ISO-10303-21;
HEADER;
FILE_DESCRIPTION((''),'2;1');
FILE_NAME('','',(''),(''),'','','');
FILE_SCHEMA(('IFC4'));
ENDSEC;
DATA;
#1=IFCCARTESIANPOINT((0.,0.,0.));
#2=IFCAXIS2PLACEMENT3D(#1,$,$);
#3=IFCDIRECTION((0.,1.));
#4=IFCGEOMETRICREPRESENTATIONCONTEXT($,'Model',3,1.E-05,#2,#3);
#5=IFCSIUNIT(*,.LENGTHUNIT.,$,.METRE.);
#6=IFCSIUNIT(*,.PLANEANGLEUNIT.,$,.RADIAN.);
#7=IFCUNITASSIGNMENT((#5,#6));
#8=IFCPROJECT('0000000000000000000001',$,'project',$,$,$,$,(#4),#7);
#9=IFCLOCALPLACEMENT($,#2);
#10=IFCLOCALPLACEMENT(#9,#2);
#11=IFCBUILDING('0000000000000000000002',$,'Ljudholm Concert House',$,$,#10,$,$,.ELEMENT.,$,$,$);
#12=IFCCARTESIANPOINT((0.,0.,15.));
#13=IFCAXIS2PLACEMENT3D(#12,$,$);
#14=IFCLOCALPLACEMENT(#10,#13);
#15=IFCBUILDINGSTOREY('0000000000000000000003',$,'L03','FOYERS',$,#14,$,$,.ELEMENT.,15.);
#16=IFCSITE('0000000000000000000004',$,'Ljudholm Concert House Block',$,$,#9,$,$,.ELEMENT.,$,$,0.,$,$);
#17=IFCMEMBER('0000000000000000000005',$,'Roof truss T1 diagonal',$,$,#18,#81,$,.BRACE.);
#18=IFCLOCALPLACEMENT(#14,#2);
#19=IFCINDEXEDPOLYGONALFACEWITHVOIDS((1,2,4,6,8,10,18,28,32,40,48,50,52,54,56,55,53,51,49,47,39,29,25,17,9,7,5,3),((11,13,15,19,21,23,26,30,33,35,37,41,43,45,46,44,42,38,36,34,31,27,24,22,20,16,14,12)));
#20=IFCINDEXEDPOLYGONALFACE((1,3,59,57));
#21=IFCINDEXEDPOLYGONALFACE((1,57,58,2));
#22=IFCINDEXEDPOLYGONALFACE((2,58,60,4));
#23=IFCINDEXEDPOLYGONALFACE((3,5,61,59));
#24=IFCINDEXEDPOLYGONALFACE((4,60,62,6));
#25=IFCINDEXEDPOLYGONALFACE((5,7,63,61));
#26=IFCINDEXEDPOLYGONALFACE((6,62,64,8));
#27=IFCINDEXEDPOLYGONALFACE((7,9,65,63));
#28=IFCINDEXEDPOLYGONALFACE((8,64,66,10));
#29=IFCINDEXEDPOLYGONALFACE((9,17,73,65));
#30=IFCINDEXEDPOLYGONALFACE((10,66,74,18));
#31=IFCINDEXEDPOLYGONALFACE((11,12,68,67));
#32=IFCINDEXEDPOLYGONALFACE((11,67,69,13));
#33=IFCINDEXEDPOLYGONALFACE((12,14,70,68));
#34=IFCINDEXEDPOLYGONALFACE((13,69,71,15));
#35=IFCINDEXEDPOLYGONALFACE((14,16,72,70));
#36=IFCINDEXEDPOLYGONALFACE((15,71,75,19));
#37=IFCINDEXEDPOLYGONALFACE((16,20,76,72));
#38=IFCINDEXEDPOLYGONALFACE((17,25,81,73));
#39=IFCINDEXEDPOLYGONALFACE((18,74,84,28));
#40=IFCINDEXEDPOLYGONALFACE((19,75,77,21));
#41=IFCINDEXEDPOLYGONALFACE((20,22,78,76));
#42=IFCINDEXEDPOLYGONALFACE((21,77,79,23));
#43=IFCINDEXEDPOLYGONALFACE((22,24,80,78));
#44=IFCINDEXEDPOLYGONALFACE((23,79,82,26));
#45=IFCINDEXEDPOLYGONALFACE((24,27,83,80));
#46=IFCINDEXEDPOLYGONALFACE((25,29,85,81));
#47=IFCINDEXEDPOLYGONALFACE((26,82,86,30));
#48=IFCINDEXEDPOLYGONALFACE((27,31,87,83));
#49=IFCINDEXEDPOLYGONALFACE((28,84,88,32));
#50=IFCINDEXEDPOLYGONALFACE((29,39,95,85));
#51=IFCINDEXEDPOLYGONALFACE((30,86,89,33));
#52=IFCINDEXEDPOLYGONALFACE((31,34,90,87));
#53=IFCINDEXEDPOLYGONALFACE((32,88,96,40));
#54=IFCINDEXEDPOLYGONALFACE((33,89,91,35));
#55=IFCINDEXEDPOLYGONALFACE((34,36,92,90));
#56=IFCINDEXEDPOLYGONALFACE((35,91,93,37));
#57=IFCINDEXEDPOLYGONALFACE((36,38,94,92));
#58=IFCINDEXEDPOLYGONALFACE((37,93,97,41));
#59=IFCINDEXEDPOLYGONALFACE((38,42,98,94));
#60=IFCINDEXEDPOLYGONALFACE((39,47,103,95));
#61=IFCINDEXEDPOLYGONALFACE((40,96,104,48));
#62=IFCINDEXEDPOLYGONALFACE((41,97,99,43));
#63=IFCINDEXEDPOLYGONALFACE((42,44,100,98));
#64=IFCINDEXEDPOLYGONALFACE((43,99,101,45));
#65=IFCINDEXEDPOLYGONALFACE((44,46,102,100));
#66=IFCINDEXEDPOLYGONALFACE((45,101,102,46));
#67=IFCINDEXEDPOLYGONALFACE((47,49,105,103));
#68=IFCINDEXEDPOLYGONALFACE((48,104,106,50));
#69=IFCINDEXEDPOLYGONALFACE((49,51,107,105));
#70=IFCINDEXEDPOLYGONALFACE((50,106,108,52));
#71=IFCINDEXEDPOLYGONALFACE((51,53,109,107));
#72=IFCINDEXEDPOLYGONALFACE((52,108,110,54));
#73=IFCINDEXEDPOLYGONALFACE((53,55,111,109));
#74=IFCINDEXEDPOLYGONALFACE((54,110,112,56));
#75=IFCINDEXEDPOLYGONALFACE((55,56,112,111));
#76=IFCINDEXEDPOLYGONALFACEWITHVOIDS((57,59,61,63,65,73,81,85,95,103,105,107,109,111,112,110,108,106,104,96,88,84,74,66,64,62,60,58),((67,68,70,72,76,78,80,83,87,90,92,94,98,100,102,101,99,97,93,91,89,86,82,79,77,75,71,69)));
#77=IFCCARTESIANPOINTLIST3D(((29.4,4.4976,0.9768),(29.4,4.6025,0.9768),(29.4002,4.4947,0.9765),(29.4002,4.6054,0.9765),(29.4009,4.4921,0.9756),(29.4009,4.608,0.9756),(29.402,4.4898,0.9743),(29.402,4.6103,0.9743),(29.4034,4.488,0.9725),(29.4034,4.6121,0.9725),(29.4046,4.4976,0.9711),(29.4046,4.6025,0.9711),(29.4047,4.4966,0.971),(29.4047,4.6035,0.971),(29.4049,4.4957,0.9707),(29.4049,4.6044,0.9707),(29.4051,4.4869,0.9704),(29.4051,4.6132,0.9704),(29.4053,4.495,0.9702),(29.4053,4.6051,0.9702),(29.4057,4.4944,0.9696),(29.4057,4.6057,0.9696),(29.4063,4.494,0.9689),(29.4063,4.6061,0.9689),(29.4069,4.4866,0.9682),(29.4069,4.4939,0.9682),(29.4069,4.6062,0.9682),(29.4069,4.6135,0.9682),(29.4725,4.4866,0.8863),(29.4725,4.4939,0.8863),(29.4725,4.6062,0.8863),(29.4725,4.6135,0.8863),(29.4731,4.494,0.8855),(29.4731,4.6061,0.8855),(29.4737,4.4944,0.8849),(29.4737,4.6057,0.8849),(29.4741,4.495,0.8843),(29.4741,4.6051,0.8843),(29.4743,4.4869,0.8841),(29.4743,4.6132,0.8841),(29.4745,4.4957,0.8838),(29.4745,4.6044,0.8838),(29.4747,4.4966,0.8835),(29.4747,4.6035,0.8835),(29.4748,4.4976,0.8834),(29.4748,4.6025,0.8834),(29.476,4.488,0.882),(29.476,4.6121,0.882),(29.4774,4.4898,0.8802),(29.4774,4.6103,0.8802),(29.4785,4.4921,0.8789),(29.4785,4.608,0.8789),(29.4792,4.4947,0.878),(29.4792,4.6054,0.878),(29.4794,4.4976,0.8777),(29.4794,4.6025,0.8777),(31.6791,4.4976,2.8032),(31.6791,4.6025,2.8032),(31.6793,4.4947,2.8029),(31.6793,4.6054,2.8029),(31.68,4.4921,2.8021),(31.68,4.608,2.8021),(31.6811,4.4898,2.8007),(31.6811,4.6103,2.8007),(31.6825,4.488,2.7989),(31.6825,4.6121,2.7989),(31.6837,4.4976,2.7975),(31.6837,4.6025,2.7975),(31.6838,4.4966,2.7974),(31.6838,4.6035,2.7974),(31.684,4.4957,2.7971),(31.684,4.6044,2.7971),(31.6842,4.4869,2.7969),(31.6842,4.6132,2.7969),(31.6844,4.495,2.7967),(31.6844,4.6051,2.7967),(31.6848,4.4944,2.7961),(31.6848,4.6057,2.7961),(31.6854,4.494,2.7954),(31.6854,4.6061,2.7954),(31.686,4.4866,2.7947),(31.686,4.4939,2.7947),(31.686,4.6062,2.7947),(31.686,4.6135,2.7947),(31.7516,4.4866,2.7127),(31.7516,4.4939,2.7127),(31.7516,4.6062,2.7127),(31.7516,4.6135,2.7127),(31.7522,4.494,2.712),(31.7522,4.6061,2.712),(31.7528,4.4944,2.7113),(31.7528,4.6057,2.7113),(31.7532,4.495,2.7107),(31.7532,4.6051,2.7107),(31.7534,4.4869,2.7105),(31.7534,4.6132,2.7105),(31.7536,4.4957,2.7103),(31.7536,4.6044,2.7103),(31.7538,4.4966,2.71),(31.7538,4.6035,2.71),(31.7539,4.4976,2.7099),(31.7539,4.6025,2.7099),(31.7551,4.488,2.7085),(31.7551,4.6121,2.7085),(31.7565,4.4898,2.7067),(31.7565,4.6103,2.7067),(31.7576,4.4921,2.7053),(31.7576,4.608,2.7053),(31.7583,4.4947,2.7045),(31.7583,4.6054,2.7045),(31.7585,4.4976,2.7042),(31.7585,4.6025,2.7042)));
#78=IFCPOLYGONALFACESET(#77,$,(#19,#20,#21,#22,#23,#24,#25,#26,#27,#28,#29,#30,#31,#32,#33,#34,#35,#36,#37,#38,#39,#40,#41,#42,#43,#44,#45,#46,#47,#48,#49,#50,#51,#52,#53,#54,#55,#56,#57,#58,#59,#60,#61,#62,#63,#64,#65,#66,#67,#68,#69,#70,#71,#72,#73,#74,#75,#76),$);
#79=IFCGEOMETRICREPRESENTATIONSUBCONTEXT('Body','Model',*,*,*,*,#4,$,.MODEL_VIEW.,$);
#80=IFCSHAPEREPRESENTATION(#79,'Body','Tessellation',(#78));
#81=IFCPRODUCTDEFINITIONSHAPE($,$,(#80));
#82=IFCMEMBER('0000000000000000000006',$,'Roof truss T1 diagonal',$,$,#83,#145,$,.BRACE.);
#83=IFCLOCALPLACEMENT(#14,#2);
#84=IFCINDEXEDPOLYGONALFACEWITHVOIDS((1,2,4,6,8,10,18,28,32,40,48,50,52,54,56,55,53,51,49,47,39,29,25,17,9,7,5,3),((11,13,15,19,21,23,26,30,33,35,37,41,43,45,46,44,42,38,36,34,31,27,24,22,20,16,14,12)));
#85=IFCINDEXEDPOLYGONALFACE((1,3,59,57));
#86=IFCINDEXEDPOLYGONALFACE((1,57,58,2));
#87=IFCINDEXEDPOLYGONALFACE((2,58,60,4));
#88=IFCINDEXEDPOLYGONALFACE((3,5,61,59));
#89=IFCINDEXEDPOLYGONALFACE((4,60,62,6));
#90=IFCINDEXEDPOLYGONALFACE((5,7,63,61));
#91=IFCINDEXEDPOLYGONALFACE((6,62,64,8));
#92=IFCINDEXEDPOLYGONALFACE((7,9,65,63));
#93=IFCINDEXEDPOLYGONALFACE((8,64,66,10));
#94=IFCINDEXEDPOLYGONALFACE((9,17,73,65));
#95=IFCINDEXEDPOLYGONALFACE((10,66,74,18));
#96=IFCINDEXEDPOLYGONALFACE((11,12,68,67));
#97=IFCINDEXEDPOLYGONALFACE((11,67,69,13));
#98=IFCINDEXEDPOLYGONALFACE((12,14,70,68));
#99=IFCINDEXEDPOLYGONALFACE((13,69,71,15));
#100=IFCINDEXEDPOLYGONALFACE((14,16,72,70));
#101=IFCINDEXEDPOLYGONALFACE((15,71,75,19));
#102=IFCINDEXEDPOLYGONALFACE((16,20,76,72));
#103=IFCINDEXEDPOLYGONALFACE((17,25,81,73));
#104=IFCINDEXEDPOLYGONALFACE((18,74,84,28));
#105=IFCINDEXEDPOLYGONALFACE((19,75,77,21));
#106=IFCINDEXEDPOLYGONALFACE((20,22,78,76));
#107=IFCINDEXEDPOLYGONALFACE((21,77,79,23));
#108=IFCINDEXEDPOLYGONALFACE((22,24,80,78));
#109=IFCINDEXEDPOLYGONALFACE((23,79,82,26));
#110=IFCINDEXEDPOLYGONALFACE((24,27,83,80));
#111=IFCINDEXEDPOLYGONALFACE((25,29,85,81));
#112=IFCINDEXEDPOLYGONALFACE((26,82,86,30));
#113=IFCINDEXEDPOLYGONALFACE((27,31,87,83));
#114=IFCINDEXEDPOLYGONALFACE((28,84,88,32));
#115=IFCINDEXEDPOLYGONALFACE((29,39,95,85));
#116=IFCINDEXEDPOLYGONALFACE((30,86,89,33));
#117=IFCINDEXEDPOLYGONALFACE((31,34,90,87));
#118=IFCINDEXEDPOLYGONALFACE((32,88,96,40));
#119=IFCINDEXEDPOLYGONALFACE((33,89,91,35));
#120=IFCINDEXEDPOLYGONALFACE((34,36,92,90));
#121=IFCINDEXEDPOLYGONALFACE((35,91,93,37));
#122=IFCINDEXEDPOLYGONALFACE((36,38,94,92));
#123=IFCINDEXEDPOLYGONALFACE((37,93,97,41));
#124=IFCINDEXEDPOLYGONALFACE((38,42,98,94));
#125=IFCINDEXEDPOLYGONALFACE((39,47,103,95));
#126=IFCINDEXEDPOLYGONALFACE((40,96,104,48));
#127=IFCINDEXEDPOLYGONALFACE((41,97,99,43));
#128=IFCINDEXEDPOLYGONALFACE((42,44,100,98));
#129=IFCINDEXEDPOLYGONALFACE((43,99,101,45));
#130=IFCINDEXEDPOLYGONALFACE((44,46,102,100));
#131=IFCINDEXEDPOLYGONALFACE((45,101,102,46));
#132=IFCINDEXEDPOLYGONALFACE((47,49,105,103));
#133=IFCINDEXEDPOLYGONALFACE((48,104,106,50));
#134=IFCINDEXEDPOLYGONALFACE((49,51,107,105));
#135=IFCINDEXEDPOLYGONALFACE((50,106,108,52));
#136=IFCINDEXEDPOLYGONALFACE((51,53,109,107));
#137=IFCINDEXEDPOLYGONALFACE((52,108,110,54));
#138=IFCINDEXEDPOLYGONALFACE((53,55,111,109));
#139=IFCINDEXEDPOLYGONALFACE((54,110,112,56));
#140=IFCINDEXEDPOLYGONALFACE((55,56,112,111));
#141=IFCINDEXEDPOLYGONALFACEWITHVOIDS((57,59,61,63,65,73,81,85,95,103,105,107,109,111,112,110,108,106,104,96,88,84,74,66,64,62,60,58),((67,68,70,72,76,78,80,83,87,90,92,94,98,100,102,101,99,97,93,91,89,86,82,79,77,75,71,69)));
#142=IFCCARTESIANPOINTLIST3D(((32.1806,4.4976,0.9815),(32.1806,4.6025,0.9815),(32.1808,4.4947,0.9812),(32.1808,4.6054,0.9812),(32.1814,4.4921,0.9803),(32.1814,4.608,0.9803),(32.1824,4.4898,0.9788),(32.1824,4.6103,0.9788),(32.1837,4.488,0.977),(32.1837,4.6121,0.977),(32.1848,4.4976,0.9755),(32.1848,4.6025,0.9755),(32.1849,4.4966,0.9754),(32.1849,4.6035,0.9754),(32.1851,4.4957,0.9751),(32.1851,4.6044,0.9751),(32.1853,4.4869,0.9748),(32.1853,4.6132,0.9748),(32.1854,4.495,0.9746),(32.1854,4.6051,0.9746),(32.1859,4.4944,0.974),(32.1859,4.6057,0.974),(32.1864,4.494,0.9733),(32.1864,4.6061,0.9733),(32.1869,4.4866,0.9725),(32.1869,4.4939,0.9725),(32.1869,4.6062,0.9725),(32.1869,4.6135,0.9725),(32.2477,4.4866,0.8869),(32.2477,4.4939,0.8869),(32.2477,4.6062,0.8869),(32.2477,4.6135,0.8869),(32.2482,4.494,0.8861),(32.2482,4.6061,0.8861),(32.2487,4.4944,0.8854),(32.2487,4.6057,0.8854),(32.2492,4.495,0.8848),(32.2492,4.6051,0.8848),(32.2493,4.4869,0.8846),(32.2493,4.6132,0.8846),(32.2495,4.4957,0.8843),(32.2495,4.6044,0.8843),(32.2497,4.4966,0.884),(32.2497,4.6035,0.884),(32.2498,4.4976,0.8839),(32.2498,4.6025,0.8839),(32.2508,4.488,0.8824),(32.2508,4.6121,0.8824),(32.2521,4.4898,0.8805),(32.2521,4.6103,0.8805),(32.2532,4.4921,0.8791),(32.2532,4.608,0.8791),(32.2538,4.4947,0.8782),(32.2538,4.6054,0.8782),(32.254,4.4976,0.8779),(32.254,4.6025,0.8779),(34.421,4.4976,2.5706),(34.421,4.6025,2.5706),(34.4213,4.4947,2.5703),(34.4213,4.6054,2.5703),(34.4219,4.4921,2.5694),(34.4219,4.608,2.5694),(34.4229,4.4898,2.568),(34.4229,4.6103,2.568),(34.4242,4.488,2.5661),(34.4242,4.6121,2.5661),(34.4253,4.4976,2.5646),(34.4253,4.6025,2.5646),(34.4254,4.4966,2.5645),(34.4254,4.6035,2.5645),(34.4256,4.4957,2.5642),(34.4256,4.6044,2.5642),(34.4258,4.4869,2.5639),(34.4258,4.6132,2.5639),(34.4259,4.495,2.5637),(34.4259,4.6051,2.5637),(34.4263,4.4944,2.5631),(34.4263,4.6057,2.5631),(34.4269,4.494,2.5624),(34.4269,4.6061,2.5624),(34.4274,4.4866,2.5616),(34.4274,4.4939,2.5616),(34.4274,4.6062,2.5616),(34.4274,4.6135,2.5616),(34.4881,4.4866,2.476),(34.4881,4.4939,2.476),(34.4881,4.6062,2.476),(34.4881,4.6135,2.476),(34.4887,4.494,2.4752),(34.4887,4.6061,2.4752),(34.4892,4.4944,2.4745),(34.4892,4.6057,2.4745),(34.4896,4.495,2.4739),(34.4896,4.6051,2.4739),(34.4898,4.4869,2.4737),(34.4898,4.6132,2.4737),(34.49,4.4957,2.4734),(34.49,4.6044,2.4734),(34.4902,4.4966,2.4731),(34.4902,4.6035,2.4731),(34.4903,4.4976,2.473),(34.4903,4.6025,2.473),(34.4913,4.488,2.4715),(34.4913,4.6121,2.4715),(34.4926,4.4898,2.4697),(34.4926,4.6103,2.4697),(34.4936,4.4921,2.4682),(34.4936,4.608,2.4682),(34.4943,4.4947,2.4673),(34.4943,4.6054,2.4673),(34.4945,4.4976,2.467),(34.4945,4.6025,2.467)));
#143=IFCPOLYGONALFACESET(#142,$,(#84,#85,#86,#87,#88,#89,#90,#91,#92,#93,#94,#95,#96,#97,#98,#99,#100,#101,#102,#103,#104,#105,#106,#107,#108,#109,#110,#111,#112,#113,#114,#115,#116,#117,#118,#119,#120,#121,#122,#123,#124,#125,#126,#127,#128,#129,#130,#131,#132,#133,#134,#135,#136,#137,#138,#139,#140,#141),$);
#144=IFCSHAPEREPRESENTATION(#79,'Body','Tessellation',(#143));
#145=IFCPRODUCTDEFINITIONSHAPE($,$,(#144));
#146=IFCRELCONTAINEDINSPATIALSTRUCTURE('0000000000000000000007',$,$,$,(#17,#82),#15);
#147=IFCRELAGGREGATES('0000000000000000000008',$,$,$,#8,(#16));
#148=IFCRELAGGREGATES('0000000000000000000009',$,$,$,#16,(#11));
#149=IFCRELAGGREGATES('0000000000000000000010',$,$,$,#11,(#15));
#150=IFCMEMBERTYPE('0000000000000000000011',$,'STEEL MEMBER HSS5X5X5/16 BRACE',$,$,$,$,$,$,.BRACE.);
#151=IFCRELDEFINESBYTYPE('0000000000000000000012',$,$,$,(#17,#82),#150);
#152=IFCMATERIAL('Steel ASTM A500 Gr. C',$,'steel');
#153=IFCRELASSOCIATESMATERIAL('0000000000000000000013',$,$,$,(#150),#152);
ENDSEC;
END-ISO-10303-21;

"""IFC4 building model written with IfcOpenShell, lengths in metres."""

from ifc_helpers import new_model, si_unit, direction, frame, origin, origin_2d, place, context, subcontext, project, spatial, hollow_rectangle, extrude, material, material_profile, profile_set, type_object, element, save


model = new_model("IFC4")

# Units and contexts
model_context = context("Model", 3, precision=1e-05, world=origin(), true_north=direction((0.0, 1.0)))
body_context = subcontext(model_context, "Body", "Model", "MODEL_VIEW")
ifc_project = project(units=[si_unit("LENGTHUNIT", "METRE"), si_unit("PLANEANGLEUNIT", "RADIAN")], contexts=[model_context])

# Site, building, storey
site_placement = place(None, origin())
site = spatial("IfcSite", under=ifc_project, at=site_placement, Name="Ljudholm Concert House Block", CompositionType="ELEMENT", RefElevation=0.0)
building_placement = place(site_placement, origin())
building = spatial("IfcBuilding", under=site, at=building_placement, Name="Ljudholm Concert House", CompositionType="ELEMENT")
storey_placement = place(building_placement, frame((0.0, 0.0, 15.0)))
storey = spatial("IfcBuildingStorey", under=building, at=storey_placement, Name="L03", Description="FOYERS", CompositionType="ELEMENT", Elevation=15.0)

# Members
ifc_material_1 = material(Name="Steel ASTM A500 Gr. C", Category="steel")
ifc_material_profile_1 = material_profile(ifc_material_1, hollow_rectangle(XDim=0.127, YDim=0.127, WallThickness=0.0073, InnerFilletRadius=0.0037, OuterFilletRadius=0.011, at=origin_2d()), Name="HSS5X5X5/16")
ifc_profile_set_1 = profile_set([ifc_material_profile_1], Name="Steel ASTM A500 Gr. C")
member_type_1 = type_object("IfcMemberType", Name="STEEL MEMBER HSS5X5X5/16 BRACE", PredefinedType="BRACE", material=ifc_profile_set_1)
member_1_placement = place(storey_placement, frame((29.4397, 4.55, 0.9272), z_axis=(0.780338, 0.0, 0.625357), x_axis=(0.0, 1.0, 0.0)))
element("IfcMember", 1, at=member_1_placement, inside=storey, type_object=member_type_1, Name="Roof truss T1 diagonal", PredefinedType="BRACE", context=body_context, shape_type="SweptSolid", body=[
    extrude(hollow_rectangle(XDim=0.127, YDim=0.127, WallThickness=0.0073, InnerFilletRadius=0.0037, OuterFilletRadius=0.011, at=origin_2d()), origin(), (0.0, 0.0, 1.0), 2.9207),
])
member_2_placement = place(storey_placement, frame((32.2173, 4.55, 0.9297), z_axis=(0.815663, 0.0, 0.578528), x_axis=(0.0, 1.0, 0.0)))
element("IfcMember", 2, at=member_2_placement, inside=storey, type_object=member_type_1, Name="Roof truss T1 diagonal", PredefinedType="BRACE", context=body_context, shape_type="SweptSolid", body=[
    extrude(hollow_rectangle(XDim=0.127, YDim=0.127, WallThickness=0.0073, InnerFilletRadius=0.0037, OuterFilletRadius=0.011, at=origin_2d()), origin(), (0.0, 0.0, 1.0), 2.7468),
])

save(model, "model.ifc")
